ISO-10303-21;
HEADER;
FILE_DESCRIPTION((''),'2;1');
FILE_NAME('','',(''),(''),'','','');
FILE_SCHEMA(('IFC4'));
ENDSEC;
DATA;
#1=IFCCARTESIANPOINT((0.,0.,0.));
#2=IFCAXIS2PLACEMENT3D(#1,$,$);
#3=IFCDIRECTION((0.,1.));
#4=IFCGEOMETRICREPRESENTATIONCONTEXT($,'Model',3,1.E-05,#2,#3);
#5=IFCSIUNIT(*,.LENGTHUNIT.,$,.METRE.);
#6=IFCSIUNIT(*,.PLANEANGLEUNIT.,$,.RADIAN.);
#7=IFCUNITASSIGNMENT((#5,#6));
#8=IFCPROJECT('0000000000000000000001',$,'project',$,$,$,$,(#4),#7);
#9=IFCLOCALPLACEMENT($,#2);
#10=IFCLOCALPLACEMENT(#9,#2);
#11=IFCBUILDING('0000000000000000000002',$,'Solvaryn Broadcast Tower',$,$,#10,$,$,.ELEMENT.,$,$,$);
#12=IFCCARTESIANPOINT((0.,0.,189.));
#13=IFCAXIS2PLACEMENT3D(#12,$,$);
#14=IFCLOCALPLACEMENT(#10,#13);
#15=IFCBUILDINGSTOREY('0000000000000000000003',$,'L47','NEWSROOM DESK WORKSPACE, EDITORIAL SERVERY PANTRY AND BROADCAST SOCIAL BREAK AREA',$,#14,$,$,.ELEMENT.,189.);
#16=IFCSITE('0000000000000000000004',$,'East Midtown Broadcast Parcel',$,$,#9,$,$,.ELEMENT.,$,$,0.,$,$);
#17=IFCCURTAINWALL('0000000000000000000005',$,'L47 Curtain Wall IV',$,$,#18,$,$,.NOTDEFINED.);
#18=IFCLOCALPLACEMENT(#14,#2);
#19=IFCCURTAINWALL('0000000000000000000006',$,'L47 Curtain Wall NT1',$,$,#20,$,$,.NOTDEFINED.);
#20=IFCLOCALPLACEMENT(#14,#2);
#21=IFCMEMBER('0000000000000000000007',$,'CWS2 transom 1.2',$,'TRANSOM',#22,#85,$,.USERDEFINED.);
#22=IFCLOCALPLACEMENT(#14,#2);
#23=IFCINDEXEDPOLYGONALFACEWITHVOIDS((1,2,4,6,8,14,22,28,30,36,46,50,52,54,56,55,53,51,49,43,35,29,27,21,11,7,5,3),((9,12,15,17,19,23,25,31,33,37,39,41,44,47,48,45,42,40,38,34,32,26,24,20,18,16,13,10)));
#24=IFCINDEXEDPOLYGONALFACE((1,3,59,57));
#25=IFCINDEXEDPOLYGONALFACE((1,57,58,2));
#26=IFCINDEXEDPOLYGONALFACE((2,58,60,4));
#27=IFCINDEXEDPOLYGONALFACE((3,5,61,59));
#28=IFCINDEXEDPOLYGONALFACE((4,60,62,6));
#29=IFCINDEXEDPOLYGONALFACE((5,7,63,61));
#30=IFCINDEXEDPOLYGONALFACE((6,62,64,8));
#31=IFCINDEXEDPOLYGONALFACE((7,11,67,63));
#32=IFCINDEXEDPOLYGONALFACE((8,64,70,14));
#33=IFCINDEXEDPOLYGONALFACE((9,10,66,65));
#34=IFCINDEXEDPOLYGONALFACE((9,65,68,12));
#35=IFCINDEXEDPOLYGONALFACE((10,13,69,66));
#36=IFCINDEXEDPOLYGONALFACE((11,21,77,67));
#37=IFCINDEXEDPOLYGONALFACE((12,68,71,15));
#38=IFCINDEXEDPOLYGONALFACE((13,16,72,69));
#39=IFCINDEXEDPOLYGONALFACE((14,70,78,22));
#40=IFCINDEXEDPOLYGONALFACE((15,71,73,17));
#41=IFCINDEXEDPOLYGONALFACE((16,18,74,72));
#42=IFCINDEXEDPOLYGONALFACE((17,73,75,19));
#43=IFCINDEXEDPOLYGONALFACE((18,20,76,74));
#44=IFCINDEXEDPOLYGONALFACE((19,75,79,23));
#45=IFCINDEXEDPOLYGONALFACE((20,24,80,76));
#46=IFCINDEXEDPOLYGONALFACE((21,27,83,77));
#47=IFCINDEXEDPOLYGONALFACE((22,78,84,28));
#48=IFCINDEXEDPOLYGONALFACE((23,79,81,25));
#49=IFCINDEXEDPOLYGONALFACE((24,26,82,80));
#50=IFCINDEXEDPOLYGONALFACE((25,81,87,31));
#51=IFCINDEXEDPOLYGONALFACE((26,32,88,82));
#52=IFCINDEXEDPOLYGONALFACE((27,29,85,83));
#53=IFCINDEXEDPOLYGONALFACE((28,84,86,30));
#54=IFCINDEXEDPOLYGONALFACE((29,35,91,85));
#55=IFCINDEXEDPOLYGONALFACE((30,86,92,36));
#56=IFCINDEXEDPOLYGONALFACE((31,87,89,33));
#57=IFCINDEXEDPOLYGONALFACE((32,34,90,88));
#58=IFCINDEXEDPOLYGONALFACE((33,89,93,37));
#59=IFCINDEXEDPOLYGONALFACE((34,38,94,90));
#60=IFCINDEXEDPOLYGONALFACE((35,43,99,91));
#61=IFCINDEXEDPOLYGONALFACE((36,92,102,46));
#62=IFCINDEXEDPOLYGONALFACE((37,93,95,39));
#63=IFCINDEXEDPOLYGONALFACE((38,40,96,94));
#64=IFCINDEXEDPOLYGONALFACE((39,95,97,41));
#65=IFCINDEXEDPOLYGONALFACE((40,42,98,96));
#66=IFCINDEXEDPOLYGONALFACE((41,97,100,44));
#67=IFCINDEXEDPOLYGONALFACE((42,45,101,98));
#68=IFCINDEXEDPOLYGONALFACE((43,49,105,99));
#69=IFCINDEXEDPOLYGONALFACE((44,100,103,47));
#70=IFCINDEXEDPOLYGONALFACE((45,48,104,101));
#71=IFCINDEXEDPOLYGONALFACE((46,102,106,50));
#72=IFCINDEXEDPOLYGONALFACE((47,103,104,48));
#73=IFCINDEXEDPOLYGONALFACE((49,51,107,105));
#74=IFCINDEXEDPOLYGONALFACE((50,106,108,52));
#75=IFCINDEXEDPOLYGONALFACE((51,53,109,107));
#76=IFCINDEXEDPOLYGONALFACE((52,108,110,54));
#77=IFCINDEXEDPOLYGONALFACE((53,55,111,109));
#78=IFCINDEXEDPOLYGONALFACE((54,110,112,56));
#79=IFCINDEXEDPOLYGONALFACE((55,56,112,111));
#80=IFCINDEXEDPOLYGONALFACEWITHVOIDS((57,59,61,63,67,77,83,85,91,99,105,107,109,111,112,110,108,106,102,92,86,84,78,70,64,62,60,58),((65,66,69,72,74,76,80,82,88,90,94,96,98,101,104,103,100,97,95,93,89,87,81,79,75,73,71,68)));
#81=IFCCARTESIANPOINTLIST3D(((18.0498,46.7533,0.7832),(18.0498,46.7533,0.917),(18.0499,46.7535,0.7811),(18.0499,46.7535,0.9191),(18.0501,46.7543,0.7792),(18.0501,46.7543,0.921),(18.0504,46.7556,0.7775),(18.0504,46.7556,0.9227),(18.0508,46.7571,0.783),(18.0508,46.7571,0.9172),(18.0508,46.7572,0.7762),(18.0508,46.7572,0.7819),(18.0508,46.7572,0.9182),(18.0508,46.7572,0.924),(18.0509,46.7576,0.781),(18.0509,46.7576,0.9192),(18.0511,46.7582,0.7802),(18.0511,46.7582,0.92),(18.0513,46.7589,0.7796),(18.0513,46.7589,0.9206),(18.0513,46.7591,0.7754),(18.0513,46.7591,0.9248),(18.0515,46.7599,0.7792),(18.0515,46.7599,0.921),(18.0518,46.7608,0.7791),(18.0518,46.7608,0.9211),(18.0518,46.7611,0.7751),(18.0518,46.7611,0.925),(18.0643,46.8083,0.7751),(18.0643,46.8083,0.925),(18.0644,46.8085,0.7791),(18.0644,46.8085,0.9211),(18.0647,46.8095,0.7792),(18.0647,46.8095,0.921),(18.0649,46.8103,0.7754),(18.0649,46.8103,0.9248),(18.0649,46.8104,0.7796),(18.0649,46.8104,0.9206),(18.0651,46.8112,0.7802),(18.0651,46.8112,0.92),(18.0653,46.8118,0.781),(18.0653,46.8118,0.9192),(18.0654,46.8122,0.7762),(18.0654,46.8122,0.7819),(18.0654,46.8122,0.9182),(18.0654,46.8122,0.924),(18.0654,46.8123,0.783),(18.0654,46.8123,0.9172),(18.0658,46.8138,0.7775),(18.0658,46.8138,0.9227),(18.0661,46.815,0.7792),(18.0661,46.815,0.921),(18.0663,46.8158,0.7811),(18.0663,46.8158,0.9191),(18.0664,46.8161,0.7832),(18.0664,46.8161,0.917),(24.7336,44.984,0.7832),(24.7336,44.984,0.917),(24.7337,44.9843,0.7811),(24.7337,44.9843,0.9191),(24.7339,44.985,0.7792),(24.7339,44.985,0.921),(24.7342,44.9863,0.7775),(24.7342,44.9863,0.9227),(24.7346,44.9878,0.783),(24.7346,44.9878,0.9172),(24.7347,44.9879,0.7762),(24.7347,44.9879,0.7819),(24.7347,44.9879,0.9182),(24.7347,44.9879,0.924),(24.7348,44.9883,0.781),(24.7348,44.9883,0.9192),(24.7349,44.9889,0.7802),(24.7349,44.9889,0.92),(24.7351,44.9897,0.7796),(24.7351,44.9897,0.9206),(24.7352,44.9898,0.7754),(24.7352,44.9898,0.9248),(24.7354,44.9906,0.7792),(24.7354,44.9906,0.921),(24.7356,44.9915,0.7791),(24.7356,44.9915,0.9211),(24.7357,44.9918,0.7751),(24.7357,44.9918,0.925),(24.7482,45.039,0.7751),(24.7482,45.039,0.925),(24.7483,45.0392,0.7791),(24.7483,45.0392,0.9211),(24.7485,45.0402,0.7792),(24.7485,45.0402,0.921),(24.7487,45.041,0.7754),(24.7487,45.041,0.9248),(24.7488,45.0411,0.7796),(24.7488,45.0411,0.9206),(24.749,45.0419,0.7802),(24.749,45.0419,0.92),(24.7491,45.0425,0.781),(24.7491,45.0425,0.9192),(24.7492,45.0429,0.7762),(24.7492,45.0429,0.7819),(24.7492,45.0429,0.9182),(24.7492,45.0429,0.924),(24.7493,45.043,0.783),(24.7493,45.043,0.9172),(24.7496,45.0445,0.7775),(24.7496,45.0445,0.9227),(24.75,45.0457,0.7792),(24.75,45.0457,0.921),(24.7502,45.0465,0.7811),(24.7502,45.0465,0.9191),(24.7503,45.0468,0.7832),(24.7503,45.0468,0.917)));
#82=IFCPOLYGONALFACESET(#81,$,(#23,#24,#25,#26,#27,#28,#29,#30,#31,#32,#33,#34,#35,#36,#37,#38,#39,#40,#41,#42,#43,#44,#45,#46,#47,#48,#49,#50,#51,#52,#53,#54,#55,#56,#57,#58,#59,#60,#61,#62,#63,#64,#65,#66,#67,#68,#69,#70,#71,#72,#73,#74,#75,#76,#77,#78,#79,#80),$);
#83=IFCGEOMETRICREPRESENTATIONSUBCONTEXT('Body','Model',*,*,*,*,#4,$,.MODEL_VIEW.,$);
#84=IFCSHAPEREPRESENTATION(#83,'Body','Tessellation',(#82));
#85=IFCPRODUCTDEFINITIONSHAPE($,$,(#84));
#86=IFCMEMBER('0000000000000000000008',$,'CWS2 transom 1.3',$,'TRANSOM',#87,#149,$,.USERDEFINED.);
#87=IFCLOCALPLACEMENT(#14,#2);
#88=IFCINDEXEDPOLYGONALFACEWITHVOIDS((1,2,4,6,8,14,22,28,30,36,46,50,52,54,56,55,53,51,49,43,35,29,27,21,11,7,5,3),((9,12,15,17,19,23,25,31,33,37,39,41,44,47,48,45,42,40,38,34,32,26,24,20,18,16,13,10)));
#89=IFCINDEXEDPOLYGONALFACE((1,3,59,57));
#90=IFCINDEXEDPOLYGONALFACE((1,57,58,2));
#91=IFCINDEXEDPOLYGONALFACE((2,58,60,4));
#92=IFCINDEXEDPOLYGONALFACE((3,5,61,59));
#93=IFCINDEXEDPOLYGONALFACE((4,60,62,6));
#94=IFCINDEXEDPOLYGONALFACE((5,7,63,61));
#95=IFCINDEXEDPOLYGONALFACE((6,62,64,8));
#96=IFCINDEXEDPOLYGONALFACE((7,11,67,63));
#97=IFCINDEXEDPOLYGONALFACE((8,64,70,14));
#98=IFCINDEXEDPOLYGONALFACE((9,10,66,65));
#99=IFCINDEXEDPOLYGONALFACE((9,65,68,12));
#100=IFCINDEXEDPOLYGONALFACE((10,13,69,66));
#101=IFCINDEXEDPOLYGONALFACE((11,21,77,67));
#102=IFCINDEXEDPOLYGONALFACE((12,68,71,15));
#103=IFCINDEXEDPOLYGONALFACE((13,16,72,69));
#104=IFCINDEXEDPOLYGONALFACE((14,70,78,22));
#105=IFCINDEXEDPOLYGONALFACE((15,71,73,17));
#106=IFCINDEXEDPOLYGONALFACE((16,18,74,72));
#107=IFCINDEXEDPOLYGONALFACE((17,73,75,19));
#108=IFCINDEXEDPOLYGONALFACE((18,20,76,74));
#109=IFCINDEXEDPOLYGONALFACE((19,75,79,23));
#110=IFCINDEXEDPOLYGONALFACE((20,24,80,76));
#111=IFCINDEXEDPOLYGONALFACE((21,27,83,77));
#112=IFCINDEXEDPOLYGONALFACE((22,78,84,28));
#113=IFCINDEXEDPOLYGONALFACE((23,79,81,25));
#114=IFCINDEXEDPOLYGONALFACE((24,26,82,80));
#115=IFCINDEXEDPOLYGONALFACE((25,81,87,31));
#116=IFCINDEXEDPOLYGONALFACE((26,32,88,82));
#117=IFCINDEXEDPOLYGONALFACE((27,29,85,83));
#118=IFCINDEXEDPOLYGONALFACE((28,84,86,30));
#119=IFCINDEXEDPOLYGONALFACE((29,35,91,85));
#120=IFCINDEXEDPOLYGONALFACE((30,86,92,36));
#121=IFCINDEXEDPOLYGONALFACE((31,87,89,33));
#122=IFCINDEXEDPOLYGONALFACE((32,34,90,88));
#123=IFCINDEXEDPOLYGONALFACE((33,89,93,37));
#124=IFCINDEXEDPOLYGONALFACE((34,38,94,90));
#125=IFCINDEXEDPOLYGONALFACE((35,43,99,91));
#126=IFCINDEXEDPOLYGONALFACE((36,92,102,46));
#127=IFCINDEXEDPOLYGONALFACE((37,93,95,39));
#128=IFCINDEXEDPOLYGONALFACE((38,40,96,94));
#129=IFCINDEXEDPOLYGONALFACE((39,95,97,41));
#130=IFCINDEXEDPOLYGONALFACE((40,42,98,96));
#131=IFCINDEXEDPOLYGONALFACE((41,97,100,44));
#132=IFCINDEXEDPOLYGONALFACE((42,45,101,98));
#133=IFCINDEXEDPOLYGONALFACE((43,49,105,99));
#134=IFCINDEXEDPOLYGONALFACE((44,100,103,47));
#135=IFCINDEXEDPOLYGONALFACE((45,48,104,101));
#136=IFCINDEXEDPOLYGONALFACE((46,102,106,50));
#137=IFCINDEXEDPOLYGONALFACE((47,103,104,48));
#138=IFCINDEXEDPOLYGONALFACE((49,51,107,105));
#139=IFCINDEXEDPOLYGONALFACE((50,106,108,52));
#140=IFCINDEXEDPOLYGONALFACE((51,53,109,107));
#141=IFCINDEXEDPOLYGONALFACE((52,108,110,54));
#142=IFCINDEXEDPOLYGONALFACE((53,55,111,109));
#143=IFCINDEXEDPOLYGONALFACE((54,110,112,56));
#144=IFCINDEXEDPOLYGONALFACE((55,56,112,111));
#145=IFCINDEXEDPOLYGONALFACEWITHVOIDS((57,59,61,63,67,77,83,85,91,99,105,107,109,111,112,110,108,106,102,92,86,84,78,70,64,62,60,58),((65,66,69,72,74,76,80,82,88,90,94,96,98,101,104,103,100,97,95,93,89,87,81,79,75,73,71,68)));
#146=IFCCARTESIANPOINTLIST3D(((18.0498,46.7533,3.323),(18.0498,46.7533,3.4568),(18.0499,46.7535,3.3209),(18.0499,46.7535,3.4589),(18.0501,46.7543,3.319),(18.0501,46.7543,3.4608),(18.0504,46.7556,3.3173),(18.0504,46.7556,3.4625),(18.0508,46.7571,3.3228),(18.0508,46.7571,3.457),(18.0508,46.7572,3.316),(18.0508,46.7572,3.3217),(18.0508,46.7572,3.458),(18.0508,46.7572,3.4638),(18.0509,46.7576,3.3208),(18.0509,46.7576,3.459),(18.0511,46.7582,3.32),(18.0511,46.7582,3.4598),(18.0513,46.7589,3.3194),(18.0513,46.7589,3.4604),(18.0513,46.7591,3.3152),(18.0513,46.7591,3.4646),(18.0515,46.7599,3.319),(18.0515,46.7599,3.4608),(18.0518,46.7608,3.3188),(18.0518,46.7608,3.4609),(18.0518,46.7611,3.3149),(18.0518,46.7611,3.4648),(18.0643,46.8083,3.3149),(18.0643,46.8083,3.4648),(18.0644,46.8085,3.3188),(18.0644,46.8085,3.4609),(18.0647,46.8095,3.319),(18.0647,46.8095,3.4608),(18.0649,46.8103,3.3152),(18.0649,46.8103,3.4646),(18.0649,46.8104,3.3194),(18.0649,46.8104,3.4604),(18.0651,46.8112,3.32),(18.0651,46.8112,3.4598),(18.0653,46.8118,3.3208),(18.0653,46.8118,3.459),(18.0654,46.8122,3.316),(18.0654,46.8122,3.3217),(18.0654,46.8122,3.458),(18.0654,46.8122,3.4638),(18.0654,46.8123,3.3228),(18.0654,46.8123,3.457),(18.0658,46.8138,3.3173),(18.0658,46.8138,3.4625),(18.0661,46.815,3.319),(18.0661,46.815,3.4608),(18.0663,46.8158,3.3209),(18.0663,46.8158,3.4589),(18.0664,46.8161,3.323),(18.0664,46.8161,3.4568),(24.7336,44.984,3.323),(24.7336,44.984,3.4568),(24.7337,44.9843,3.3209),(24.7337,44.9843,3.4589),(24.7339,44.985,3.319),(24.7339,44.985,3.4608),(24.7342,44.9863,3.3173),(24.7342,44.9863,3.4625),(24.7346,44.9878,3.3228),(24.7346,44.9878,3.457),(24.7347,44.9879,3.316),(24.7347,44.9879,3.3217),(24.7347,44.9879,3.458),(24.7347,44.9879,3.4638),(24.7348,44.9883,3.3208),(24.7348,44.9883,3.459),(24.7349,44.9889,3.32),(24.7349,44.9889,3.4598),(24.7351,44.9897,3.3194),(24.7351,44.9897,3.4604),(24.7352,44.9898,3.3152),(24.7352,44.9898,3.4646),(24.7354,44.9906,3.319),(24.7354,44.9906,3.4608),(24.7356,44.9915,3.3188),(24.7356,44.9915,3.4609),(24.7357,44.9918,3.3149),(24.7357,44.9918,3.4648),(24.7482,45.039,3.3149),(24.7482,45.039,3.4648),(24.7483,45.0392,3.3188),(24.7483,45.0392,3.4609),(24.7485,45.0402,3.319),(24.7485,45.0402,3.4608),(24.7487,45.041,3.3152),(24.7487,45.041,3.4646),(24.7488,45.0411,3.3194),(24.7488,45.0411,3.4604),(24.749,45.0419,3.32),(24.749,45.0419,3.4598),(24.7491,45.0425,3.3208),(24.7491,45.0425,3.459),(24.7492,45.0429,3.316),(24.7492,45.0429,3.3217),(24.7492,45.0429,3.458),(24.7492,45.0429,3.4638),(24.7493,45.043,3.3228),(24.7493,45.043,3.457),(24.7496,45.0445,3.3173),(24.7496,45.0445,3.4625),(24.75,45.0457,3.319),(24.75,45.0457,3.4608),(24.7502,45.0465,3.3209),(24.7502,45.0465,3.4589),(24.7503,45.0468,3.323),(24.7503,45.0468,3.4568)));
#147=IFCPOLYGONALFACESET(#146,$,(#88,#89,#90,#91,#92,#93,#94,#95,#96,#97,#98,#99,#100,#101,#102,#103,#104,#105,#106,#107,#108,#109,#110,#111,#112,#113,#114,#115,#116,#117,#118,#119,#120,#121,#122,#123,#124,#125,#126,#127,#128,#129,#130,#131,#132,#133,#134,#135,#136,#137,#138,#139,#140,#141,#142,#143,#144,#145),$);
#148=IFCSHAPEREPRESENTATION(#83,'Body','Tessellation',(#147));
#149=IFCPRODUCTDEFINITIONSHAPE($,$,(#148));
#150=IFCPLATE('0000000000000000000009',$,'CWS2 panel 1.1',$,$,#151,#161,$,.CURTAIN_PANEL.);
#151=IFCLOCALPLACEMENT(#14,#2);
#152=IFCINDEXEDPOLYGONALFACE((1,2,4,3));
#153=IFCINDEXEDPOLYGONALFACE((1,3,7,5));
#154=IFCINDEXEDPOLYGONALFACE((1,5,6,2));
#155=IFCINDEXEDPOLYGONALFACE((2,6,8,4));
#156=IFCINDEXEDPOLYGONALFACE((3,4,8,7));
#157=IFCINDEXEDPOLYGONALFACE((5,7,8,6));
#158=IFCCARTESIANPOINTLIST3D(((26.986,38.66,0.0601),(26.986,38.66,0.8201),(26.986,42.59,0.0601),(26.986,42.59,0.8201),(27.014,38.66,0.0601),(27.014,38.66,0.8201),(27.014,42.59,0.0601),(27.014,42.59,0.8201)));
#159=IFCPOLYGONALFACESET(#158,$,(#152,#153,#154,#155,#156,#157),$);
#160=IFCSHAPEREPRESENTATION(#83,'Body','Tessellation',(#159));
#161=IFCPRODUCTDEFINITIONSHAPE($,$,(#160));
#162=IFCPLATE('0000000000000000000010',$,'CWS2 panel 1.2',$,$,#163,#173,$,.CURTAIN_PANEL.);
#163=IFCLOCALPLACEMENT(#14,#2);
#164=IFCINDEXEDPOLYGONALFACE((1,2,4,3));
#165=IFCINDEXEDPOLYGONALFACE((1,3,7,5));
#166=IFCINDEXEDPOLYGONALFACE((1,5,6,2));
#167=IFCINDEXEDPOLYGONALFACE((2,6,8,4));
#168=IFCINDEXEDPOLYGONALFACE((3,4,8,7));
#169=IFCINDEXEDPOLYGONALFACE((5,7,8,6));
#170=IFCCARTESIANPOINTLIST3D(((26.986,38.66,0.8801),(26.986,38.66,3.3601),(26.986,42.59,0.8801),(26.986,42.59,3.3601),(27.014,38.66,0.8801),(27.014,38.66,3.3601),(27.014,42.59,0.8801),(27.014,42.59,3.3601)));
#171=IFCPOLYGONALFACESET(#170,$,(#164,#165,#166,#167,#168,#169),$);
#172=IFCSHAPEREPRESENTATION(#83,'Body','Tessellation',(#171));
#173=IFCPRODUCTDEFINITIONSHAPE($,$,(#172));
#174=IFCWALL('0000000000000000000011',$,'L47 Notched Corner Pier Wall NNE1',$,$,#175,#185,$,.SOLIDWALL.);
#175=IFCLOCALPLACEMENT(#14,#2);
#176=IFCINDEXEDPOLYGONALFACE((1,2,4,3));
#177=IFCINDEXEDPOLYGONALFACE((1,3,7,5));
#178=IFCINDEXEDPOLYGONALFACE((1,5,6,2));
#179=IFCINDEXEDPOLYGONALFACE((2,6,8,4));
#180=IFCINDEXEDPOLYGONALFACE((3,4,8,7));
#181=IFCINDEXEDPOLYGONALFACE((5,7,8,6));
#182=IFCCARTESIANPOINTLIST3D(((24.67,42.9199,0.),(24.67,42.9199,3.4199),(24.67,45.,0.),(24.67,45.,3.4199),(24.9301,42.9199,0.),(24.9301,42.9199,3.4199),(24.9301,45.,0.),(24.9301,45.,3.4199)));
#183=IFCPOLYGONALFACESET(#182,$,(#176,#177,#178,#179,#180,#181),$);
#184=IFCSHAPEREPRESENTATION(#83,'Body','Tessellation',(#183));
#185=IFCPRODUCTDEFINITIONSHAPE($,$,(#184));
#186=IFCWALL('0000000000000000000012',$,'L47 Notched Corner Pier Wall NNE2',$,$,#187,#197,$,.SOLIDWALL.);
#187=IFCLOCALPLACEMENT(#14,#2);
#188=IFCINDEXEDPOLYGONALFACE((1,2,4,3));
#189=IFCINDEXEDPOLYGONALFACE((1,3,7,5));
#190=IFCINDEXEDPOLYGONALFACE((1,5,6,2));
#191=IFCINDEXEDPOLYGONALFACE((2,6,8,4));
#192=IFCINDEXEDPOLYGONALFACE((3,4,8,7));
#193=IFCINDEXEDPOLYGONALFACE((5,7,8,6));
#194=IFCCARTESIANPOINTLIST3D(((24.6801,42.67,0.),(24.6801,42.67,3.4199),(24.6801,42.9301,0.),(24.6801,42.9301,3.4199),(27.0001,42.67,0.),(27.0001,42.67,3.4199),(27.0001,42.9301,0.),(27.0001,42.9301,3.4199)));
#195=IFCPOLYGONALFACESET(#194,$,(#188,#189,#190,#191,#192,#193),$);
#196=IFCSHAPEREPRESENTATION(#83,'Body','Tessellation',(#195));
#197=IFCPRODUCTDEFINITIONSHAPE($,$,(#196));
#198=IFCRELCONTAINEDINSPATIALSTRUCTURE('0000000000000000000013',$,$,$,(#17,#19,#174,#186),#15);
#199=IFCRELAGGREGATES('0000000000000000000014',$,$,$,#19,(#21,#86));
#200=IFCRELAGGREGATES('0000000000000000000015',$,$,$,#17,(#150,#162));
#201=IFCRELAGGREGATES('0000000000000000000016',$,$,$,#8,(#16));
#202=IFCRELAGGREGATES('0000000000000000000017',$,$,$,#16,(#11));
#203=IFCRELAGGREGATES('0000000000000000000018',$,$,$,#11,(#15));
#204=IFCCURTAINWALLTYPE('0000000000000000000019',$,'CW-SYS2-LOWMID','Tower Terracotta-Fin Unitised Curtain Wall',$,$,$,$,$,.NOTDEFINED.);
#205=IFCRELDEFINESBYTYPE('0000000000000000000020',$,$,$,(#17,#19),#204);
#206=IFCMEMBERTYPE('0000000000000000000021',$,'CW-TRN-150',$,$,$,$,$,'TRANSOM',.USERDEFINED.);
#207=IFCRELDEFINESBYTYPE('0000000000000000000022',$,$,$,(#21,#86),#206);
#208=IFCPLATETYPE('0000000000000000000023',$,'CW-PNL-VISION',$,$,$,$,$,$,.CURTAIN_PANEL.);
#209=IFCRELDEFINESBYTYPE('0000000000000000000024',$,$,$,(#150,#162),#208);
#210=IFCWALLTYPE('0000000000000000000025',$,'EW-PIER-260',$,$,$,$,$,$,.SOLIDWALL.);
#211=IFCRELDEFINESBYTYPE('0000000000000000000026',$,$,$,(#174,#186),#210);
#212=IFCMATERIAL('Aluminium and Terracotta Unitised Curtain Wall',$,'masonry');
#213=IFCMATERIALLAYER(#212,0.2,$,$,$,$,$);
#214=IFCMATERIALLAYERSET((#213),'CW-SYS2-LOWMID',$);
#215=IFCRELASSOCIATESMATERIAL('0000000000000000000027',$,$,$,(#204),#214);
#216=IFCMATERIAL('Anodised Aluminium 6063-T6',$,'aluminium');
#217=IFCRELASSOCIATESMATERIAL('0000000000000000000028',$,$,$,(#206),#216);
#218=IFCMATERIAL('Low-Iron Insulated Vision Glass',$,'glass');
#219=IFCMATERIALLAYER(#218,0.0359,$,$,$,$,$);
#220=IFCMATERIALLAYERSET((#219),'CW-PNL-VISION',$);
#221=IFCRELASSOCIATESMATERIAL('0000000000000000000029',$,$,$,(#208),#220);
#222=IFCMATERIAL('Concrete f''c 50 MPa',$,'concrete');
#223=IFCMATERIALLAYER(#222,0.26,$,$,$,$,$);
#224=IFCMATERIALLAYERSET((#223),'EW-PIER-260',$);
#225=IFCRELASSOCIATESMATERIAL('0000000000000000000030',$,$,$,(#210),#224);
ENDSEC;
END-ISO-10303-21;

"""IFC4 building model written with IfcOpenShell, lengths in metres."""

from ifc_helpers import new_model, si_unit, direction, frame, frame_2d, origin, origin_2d, place, context, subcontext, project, spatial, rectangle, hollow_rectangle, extrude, material, layer, layer_set, material_profile, profile_set, type_object, element, aggregate, save


model = new_model("IFC4")

# Units and contexts
model_context = context("Model", 3, precision=1e-05, world=origin(), true_north=direction((0.0, 1.0)))
body_context = subcontext(model_context, "Body", "Model", "MODEL_VIEW")
ifc_project = project(units=[si_unit("LENGTHUNIT", "METRE"), si_unit("PLANEANGLEUNIT", "RADIAN")], contexts=[model_context])

# Site, building, storey
site_placement = place(None, origin())
site = spatial("IfcSite", under=ifc_project, at=site_placement, Name="East Midtown Broadcast Parcel", CompositionType="ELEMENT", RefElevation=0.0)
building_placement = place(site_placement, origin())
building = spatial("IfcBuilding", under=site, at=building_placement, Name="Solvaryn Broadcast Tower", CompositionType="ELEMENT")
storey_placement = place(building_placement, frame((0.0, 0.0, 189.0)))
storey = spatial("IfcBuildingStorey", under=building, at=storey_placement, Name="L47", Description="NEWSROOM DESK WORKSPACE, EDITORIAL SERVERY PANTRY AND BROADCAST SOCIAL BREAK AREA", CompositionType="ELEMENT", Elevation=189.0)

# Curtain wall
ifc_material_1 = material(Name="Aluminium and Terracotta Unitised Curtain Wall", Category="masonry")
ifc_layer_1 = layer(ifc_material_1, 0.2)
ifc_layer_set_1 = layer_set([ifc_layer_1], Name="CW-SYS2-LOWMID")
curtain_wall_type = type_object("IfcCurtainWallType", Name="CW-SYS2-LOWMID", Description="Tower Terracotta-Fin Unitised Curtain Wall", PredefinedType="NOTDEFINED", material=ifc_layer_set_1)
curtain_wall_1_placement = place(storey_placement, origin())
curtain_wall_1 = element("IfcCurtainWall", 1, at=curtain_wall_1_placement, inside=storey, type_object=curtain_wall_type, Name="L47 Curtain Wall IV", PredefinedType="NOTDEFINED")

# Curtain wall
curtain_wall_2_placement = place(storey_placement, origin())
curtain_wall_2 = element("IfcCurtainWall", 2, at=curtain_wall_2_placement, inside=storey, type_object=curtain_wall_type, Name="L47 Curtain Wall NT1", PredefinedType="NOTDEFINED")

# Members
ifc_material_2 = material(Name="Anodised Aluminium 6063-T6", Category="aluminium")
ifc_material_profile_1 = material_profile(ifc_material_2, hollow_rectangle(XDim=0.0649, YDim=0.1499, WallThickness=0.0039, InnerFilletRadius=0.0039, OuterFilletRadius=0.0081, at=origin_2d()))
ifc_profile_set_1 = profile_set([ifc_material_profile_1], Name="Anodised Aluminium 6063-T6")
member_type_1 = type_object("IfcMemberType", Name="CW-TRN-150", ElementType="TRANSOM", PredefinedType="USERDEFINED", material=ifc_profile_set_1)
member_1_placement = place(storey_placement, frame((24.7419, 45.0154, 0.8501), z_axis=(-0.966704, 0.255897, 0.0), x_axis=(-0.255897, -0.966704, 0.0)))
member_1 = element("IfcMember", 3, at=member_1_placement, type_object=member_type_1, Name="CWS2 transom 1.2", ObjectType="TRANSOM", PredefinedType="USERDEFINED", context=body_context, shape_type="SweptSolid", body=[
    extrude(hollow_rectangle(XDim=0.0649, YDim=0.1499, WallThickness=0.0039, InnerFilletRadius=0.0039, OuterFilletRadius=0.0081, at=origin_2d()), origin(), (0.0, 0.0, 1.0), 6.9141),
])
member_2_placement = place(storey_placement, frame((24.7419, 45.0154, 3.3899), z_axis=(-0.966704, 0.255897, 0.0), x_axis=(-0.255897, -0.966704, 0.0)))
member_2 = element("IfcMember", 4, at=member_2_placement, type_object=member_type_1, Name="CWS2 transom 1.3", ObjectType="TRANSOM", PredefinedType="USERDEFINED", context=body_context, shape_type="SweptSolid", body=[
    extrude(hollow_rectangle(XDim=0.0649, YDim=0.1499, WallThickness=0.0039, InnerFilletRadius=0.0039, OuterFilletRadius=0.0081, at=origin_2d()), origin(), (0.0, 0.0, 1.0), 6.9141),
])
aggregate(curtain_wall_2, [member_1, member_2])

# Plates
ifc_material_3 = material(Name="Low-Iron Insulated Vision Glass", Category="glass")
ifc_layer_2 = layer(ifc_material_3, 0.0359)
ifc_layer_set_2 = layer_set([ifc_layer_2], Name="CW-PNL-VISION")
plate_type = type_object("IfcPlateType", Name="CW-PNL-VISION", PredefinedType="CURTAIN_PANEL", material=ifc_layer_set_2)
plate_1_placement = place(storey_placement, frame((27.0, 40.625, 0.0601), z_axis=(0.0, 0.0, 1.0), x_axis=(0.0, -1.0, 0.0)))
plate_1 = element("IfcPlate", 5, at=plate_1_placement, type_object=plate_type, Name="CWS2 panel 1.1", PredefinedType="CURTAIN_PANEL", context=body_context, shape_type="SweptSolid", body=[
    extrude(rectangle(XDim=3.9299, YDim=0.0281, at=origin_2d()), origin(), (0.0, 0.0, 1.0), 0.76),
])
plate_2_placement = place(storey_placement, frame((27.0, 40.625, 0.8801), z_axis=(0.0, 0.0, 1.0), x_axis=(0.0, -1.0, 0.0)))
plate_2 = element("IfcPlate", 6, at=plate_2_placement, type_object=plate_type, Name="CWS2 panel 1.2", PredefinedType="CURTAIN_PANEL", context=body_context, shape_type="SweptSolid", body=[
    extrude(rectangle(XDim=3.9299, YDim=0.0281, at=origin_2d()), origin(), (0.0, 0.0, 1.0), 2.48),
])
aggregate(curtain_wall_1, [plate_1, plate_2])

# Walls
ifc_material_4 = material(Name="Concrete f'c 50 MPa", Category="concrete")
ifc_layer_3 = layer(ifc_material_4, 0.26)
ifc_layer_set_3 = layer_set([ifc_layer_3], Name="EW-PIER-260")
wall_type_1 = type_object("IfcWallType", Name="EW-PIER-260", PredefinedType="SOLIDWALL", material=ifc_layer_set_3)
wall_1_placement = place(storey_placement, frame((24.8, 45.0, 0.0), z_axis=(0.0, 0.0, 1.0), x_axis=(0.0, -1.0, 0.0)))
element("IfcWall", 7, at=wall_1_placement, inside=storey, type_object=wall_type_1, Name="L47 Notched Corner Pier Wall NNE1", PredefinedType="SOLIDWALL", context=body_context, shape_type="SweptSolid", body=[
    extrude(rectangle(XDim=2.0801, YDim=0.26, at=frame_2d((1.04, 0.0))), origin(), (0.0, 0.0, 1.0), 3.4199),
])
wall_2_placement = place(storey_placement, frame((24.6799, 42.8, 0.0), z_axis=(0.0, 0.0, 1.0), x_axis=(1.0, 0.0, 0.0)))
element("IfcWall", 8, at=wall_2_placement, inside=storey, type_object=wall_type_1, Name="L47 Notched Corner Pier Wall NNE2", PredefinedType="SOLIDWALL", context=body_context, shape_type="SweptSolid", body=[
    extrude(rectangle(XDim=2.3201, YDim=0.26, at=frame_2d((1.1602, 0.0))), origin(), (0.0, 0.0, 1.0), 3.4199),
])

save(model, "model.ifc")
